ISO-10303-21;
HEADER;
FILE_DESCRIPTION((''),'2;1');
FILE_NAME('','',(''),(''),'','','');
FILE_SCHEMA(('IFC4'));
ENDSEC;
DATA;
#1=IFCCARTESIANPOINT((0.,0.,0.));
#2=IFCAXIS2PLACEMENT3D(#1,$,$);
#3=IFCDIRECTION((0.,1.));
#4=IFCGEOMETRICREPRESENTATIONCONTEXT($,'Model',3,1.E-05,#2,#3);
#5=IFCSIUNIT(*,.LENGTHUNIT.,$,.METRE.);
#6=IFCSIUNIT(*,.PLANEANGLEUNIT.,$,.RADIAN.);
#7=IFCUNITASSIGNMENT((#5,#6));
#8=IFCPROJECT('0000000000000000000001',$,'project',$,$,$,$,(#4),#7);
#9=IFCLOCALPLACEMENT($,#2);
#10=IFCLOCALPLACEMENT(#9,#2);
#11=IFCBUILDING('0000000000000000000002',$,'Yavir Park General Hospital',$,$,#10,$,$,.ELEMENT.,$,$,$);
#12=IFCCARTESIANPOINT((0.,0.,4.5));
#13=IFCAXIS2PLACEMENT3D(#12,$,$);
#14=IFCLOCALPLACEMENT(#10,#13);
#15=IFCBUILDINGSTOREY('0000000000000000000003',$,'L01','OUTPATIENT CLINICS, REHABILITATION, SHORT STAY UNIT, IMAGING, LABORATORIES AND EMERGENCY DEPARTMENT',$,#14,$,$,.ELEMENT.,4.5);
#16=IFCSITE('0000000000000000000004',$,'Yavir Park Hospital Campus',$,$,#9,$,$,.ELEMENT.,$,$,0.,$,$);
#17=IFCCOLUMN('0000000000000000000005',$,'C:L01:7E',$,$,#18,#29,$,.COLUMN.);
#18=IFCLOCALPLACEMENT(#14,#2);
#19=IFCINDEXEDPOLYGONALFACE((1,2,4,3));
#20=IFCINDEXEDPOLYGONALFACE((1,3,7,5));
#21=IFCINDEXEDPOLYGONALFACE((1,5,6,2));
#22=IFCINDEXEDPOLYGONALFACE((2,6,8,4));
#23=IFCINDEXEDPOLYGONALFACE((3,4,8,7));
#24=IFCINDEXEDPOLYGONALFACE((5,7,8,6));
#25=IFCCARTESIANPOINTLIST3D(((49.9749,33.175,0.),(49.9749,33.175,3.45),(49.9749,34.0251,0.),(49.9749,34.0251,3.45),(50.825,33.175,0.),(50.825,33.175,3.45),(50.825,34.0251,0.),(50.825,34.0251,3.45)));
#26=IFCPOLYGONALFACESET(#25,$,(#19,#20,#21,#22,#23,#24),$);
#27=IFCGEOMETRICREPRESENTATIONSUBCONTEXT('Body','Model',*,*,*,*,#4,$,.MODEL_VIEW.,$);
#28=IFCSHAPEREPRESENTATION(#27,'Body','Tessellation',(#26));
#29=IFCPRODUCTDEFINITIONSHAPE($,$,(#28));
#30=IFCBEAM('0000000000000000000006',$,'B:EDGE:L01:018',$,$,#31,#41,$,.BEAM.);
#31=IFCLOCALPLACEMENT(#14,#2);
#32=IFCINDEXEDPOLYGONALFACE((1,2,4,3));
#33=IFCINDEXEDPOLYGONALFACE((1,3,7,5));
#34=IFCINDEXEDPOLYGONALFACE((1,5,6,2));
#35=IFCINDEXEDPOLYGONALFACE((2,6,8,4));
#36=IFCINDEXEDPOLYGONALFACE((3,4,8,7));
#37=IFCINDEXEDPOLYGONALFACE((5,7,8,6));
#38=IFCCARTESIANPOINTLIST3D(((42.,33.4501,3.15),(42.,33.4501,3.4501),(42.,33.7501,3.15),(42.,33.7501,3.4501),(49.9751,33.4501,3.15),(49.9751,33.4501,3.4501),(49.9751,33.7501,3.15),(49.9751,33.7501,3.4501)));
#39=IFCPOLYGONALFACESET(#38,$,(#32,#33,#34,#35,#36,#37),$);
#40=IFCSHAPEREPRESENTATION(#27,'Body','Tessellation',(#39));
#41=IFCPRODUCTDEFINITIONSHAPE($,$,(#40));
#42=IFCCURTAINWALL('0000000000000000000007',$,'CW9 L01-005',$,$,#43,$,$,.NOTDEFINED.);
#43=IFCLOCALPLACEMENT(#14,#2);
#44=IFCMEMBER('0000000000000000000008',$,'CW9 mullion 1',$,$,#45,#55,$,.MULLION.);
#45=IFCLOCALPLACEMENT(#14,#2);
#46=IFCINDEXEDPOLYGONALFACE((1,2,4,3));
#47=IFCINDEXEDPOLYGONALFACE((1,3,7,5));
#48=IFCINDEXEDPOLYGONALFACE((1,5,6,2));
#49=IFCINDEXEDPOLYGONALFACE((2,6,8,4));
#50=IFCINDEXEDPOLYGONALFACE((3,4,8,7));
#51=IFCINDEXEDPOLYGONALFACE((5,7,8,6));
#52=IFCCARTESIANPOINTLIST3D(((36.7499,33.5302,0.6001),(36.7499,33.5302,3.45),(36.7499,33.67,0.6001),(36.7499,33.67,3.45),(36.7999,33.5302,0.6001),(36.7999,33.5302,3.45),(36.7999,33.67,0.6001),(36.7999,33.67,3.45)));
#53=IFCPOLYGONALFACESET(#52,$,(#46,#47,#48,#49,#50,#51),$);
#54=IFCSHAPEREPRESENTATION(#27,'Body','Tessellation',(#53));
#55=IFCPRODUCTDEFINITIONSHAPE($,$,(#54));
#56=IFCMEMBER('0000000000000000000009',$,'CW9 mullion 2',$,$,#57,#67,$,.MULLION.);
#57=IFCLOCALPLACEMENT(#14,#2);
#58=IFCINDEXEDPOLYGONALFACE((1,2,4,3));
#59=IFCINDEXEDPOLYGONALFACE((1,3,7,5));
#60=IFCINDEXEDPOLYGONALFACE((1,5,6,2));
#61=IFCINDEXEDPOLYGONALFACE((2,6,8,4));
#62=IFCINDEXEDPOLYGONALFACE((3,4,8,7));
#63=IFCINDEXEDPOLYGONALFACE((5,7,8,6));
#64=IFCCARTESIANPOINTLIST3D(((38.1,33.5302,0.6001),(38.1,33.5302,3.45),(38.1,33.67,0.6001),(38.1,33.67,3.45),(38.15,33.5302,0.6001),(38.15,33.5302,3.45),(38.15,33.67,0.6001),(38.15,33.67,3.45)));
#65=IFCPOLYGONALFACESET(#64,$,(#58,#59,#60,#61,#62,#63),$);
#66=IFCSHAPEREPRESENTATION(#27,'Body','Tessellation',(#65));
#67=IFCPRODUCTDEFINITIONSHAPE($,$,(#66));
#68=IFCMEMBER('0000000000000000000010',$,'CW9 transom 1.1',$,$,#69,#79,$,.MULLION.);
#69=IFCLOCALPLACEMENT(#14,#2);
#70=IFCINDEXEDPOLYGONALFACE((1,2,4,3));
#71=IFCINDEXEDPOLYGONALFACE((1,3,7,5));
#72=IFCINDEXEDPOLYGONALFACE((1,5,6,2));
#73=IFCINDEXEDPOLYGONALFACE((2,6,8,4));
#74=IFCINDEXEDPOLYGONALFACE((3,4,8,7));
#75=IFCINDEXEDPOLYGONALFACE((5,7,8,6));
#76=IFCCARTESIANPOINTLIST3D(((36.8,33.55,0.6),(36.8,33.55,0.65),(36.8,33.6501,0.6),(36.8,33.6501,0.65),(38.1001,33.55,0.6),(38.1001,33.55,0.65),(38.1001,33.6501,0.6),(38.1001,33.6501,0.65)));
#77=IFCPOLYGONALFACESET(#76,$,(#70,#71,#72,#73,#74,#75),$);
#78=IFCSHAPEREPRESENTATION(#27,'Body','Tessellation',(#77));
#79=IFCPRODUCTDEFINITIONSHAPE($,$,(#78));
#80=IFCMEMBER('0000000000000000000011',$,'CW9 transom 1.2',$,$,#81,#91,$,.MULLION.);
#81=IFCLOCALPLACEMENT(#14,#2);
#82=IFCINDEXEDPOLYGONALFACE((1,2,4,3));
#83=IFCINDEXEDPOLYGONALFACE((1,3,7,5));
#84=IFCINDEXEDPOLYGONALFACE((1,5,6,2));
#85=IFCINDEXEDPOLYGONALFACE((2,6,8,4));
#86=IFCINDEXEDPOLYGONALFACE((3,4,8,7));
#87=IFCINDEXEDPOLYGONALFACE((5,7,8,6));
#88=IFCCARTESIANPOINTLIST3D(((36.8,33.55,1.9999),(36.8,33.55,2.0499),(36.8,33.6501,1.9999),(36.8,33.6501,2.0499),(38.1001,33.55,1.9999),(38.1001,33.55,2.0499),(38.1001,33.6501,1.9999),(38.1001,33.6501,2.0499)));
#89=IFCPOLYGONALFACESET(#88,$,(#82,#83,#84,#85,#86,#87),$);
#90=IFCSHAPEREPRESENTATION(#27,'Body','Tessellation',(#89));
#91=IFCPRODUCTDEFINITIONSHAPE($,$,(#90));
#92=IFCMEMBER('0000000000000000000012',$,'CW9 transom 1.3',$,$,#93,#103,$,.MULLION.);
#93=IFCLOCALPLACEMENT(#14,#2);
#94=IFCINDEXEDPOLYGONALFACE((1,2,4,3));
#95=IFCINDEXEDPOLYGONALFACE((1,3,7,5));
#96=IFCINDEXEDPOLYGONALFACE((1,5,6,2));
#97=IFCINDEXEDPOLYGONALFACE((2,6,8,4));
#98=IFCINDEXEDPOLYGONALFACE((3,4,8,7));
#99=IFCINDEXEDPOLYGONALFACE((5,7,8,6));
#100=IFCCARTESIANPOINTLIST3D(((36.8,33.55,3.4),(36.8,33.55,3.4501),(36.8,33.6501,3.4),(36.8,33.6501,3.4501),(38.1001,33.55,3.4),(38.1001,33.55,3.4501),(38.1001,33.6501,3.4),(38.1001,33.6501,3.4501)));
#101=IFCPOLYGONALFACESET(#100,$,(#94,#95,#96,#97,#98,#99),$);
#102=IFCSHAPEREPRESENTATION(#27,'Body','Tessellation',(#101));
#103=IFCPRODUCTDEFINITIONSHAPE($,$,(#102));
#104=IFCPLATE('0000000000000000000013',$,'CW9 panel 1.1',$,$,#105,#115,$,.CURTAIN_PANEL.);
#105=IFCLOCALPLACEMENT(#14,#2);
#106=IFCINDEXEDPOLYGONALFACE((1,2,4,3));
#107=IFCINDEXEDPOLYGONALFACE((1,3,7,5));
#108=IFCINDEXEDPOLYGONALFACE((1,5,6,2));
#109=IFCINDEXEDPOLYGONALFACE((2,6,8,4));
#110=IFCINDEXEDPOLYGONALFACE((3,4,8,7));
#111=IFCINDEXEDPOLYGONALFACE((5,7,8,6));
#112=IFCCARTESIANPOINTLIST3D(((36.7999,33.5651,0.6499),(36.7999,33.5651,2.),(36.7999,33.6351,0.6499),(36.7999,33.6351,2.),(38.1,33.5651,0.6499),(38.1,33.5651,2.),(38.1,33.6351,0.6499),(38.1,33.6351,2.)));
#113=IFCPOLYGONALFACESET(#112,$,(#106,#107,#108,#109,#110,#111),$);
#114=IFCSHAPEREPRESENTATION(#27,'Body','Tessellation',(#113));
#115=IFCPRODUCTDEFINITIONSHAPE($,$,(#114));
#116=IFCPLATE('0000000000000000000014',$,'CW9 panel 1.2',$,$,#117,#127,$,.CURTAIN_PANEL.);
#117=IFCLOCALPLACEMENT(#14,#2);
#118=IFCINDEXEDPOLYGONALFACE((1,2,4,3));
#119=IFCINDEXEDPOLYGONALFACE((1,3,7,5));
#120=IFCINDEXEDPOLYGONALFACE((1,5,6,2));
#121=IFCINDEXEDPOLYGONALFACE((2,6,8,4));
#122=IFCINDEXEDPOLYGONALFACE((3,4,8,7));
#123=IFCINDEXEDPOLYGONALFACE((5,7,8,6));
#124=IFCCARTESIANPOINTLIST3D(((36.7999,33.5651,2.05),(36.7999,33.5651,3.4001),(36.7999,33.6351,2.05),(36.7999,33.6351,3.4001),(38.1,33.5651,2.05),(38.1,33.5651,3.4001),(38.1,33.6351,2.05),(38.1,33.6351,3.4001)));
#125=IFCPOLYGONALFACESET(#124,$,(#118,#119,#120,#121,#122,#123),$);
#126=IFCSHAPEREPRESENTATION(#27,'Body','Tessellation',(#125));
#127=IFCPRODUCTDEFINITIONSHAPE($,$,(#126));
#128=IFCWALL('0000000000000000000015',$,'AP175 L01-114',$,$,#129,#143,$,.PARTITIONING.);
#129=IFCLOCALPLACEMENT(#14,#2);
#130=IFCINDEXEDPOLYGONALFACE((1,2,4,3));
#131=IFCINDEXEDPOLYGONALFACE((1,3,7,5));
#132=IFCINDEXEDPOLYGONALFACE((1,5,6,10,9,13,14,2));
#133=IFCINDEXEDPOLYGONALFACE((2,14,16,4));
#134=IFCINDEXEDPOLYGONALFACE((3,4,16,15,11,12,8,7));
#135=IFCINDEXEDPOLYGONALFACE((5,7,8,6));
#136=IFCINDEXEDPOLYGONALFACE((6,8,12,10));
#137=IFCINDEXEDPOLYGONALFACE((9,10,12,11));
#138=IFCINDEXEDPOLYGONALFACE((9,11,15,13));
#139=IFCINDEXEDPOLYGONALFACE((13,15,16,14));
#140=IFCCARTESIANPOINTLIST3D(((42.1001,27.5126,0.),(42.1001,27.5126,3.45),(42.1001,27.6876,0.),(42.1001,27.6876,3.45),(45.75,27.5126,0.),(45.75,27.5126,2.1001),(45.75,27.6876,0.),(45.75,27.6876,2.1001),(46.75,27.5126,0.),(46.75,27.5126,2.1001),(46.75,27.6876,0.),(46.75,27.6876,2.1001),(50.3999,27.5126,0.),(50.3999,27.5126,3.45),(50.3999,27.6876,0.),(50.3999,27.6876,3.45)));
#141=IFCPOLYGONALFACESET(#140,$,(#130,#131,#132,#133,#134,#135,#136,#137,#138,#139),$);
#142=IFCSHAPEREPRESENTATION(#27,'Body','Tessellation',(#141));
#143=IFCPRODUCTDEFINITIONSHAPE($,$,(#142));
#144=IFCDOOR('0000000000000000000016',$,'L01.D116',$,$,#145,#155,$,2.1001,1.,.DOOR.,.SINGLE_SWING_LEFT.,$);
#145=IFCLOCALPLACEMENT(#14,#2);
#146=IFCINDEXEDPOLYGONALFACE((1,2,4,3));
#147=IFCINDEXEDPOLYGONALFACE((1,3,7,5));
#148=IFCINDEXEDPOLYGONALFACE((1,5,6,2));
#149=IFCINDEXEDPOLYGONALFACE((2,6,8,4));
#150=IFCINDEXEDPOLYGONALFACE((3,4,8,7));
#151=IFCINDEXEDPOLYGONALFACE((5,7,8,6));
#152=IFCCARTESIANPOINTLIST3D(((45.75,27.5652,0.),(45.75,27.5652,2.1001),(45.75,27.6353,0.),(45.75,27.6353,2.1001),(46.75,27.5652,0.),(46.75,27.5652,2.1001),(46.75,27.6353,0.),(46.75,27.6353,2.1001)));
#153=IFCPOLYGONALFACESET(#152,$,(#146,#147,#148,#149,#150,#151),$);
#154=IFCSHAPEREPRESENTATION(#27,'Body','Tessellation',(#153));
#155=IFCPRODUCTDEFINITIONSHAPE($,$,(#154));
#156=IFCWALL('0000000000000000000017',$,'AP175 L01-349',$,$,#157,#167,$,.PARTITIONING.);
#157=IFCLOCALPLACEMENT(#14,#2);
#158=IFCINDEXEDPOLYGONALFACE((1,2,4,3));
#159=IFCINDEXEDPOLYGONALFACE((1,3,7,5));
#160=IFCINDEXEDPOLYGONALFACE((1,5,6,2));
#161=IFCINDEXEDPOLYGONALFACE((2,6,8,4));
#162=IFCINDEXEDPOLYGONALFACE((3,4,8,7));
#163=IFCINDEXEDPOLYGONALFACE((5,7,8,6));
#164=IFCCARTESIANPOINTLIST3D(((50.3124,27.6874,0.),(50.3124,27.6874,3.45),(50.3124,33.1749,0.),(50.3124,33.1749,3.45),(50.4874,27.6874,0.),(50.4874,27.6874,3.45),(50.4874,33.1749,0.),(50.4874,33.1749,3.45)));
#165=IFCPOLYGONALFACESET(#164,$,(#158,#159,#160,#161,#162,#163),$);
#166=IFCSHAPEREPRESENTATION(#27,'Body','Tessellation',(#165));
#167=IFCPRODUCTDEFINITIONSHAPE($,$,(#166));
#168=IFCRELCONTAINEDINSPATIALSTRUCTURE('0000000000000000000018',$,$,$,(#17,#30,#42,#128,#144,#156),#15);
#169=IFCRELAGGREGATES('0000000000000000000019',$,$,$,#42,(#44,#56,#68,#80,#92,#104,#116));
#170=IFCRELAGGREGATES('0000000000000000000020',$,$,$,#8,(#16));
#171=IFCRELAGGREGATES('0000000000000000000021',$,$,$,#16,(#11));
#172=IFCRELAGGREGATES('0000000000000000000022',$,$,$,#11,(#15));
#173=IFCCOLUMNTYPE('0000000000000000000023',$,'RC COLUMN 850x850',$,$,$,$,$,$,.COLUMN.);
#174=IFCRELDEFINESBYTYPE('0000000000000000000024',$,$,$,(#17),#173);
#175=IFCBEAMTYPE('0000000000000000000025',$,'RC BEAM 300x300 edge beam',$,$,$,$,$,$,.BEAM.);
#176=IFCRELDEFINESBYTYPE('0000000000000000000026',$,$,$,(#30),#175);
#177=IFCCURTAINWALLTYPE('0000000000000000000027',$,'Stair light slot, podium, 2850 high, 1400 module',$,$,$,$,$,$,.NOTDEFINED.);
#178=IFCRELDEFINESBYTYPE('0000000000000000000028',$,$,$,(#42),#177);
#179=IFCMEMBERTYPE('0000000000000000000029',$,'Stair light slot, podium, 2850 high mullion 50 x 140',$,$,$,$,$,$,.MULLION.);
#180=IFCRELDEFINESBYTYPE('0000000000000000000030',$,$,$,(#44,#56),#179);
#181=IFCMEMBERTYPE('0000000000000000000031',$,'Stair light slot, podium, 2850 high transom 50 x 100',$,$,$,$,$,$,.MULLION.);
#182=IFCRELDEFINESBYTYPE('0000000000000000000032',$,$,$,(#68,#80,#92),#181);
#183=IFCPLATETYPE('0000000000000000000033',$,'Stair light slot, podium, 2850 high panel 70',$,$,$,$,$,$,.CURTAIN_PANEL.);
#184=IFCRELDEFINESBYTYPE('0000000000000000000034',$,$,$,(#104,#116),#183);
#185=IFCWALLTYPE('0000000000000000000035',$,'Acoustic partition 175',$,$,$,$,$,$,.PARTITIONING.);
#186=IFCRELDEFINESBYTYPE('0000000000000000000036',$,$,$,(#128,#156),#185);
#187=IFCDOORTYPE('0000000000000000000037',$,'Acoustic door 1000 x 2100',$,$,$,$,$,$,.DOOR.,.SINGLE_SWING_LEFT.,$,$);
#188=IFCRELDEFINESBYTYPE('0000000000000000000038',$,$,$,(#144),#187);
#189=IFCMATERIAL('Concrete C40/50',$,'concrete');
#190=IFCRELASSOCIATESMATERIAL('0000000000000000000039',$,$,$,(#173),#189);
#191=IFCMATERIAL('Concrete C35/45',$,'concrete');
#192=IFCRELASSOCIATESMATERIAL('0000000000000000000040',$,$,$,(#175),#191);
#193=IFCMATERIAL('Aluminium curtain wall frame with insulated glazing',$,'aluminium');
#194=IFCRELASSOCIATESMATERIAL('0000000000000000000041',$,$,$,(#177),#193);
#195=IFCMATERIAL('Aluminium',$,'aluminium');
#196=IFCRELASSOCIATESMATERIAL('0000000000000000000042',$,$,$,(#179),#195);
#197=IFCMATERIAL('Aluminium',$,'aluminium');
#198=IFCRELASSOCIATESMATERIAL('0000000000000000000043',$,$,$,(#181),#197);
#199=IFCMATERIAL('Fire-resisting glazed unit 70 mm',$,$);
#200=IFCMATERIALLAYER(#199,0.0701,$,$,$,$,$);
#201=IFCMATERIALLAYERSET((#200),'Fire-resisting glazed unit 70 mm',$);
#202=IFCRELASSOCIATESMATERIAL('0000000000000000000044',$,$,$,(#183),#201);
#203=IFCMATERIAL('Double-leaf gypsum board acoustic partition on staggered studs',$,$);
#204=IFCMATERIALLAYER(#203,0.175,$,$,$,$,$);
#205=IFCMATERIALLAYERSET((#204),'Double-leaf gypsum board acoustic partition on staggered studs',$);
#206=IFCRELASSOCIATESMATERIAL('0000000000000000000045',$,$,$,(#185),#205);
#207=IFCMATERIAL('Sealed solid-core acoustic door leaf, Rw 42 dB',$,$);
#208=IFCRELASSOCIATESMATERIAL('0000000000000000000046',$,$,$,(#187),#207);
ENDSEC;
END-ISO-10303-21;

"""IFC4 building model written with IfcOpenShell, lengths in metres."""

from ifc_helpers import new_model, si_unit, direction, frame, frame_2d, origin, origin_2d, place, context, subcontext, project, spatial, rectangle, extrude, material, layer, layer_set, material_profile, profile_set, type_object, element, fill, aggregate, save


model = new_model("IFC4")

# Units and contexts
model_context = context("Model", 3, precision=1e-05, world=origin(), true_north=direction((0.0, 1.0)))
body_context = subcontext(model_context, "Body", "Model", "MODEL_VIEW")
ifc_project = project(units=[si_unit("LENGTHUNIT", "METRE"), si_unit("PLANEANGLEUNIT", "RADIAN")], contexts=[model_context])

# Site, building, storey
site_placement = place(None, origin())
site = spatial("IfcSite", under=ifc_project, at=site_placement, Name="Yavir Park Hospital Campus", CompositionType="ELEMENT", RefElevation=0.0)
building_placement = place(site_placement, origin())
building = spatial("IfcBuilding", under=site, at=building_placement, Name="Yavir Park General Hospital", CompositionType="ELEMENT")
storey_placement = place(building_placement, frame((0.0, 0.0, 4.5)))
storey = spatial("IfcBuildingStorey", under=building, at=storey_placement, Name="L01", Description="OUTPATIENT CLINICS, REHABILITATION, SHORT STAY UNIT, IMAGING, LABORATORIES AND EMERGENCY DEPARTMENT", CompositionType="ELEMENT", Elevation=4.5)

# Column
ifc_material_1 = material(Name="Concrete C40/50", Category="concrete")
ifc_material_profile_1 = material_profile(ifc_material_1, rectangle(XDim=0.8501, YDim=0.8501, at=origin_2d()), Name="RC850x850")
ifc_profile_set_1 = profile_set([ifc_material_profile_1], Name="Concrete C40/50")
column_type = type_object("IfcColumnType", Name="RC COLUMN 850x850", PredefinedType="COLUMN", material=ifc_profile_set_1)
column_placement = place(storey_placement, frame((50.3999, 33.6001, 0.0), z_axis=(0.0, 0.0, 1.0), x_axis=(1.0, 0.0, 0.0)))
element("IfcColumn", 1, at=column_placement, inside=storey, type_object=column_type, Name="C:L01:7E", PredefinedType="COLUMN", context=body_context, shape_type="SweptSolid", body=[
    extrude(rectangle(XDim=0.8501, YDim=0.8501, at=origin_2d()), origin(), (0.0, 0.0, 1.0), 3.45),
])

# Beam
ifc_material_2 = material(Name="Concrete C35/45", Category="concrete")
ifc_material_profile_2 = material_profile(ifc_material_2, rectangle(XDim=0.3, YDim=0.3, at=origin_2d()), Name="RC300x300")
ifc_profile_set_2 = profile_set([ifc_material_profile_2], Name="Concrete C35/45")
beam_type = type_object("IfcBeamType", Name="RC BEAM 300x300 edge beam", PredefinedType="BEAM", material=ifc_profile_set_2)
beam_placement = place(storey_placement, frame((42.0, 33.6001, 3.3), z_axis=(1.0, 0.0, 0.0), x_axis=(0.0, 1.0, 0.0)))
element("IfcBeam", 2, at=beam_placement, inside=storey, type_object=beam_type, Name="B:EDGE:L01:018", PredefinedType="BEAM", context=body_context, shape_type="SweptSolid", body=[
    extrude(rectangle(XDim=0.3, YDim=0.3, at=origin_2d()), origin(), (0.0, 0.0, 1.0), 7.9751),
])

# Curtain wall, members, plates
ifc_material_3 = material(Name="Aluminium curtain wall frame with insulated glazing", Category="aluminium")
curtain_wall_type = type_object("IfcCurtainWallType", Name="Stair light slot, podium, 2850 high, 1400 module", PredefinedType="NOTDEFINED", material=ifc_material_3)
curtain_wall_placement = place(storey_placement, origin())
curtain_wall = element("IfcCurtainWall", 3, at=curtain_wall_placement, inside=storey, type_object=curtain_wall_type, Name="CW9 L01-005", PredefinedType="NOTDEFINED")
ifc_material_4 = material(Name="Aluminium", Category="aluminium")
ifc_material_profile_3 = material_profile(ifc_material_4, rectangle(XDim=0.1399, YDim=0.05, at=origin_2d()), Name="AL 50x140")
ifc_profile_set_3 = profile_set([ifc_material_profile_3], Name="Aluminium")
member_type_1 = type_object("IfcMemberType", Name="Stair light slot, podium, 2850 high mullion 50 x 140", PredefinedType="MULLION", material=ifc_profile_set_3)
member_1_placement = place(storey_placement, frame((36.7749, 33.6001, 0.6001), z_axis=(0.0, 0.0, 1.0), x_axis=(0.0, 1.0, 0.0)))
member_1 = element("IfcMember", 4, at=member_1_placement, type_object=member_type_1, Name="CW9 mullion 1", PredefinedType="MULLION", context=body_context, shape_type="SweptSolid", body=[
    extrude(rectangle(XDim=0.1399, YDim=0.05, at=origin_2d()), origin(), (0.0, 0.0, 1.0), 2.8499),
])
member_2_placement = place(storey_placement, frame((38.125, 33.6001, 0.6001), z_axis=(0.0, 0.0, 1.0), x_axis=(0.0, 1.0, 0.0)))
member_2 = element("IfcMember", 5, at=member_2_placement, type_object=member_type_1, Name="CW9 mullion 2", PredefinedType="MULLION", context=body_context, shape_type="SweptSolid", body=[
    extrude(rectangle(XDim=0.1399, YDim=0.05, at=origin_2d()), origin(), (0.0, 0.0, 1.0), 2.8499),
])
ifc_material_5 = material(Name="Aluminium", Category="aluminium")
ifc_material_profile_4 = material_profile(ifc_material_5, rectangle(XDim=0.1001, YDim=0.05, at=origin_2d()), Name="AL 100x50")
ifc_profile_set_4 = profile_set([ifc_material_profile_4], Name="Aluminium")
member_type_2 = type_object("IfcMemberType", Name="Stair light slot, podium, 2850 high transom 50 x 100", PredefinedType="MULLION", material=ifc_profile_set_4)
member_3_placement = place(storey_placement, frame((36.8, 33.6001, 0.625), z_axis=(1.0, 0.0, 0.0), x_axis=(0.0, 1.0, 0.0)))
member_3 = element("IfcMember", 6, at=member_3_placement, type_object=member_type_2, Name="CW9 transom 1.1", PredefinedType="MULLION", context=body_context, shape_type="SweptSolid", body=[
    extrude(rectangle(XDim=0.1001, YDim=0.05, at=origin_2d()), origin(), (0.0, 0.0, 1.0), 1.3),
])
member_4_placement = place(storey_placement, frame((36.8, 33.6001, 2.0249), z_axis=(1.0, 0.0, 0.0), x_axis=(0.0, 1.0, 0.0)))
member_4 = element("IfcMember", 7, at=member_4_placement, type_object=member_type_2, Name="CW9 transom 1.2", PredefinedType="MULLION", context=body_context, shape_type="SweptSolid", body=[
    extrude(rectangle(XDim=0.1001, YDim=0.05, at=origin_2d()), origin(), (0.0, 0.0, 1.0), 1.3),
])
member_5_placement = place(storey_placement, frame((36.8, 33.6001, 3.425), z_axis=(1.0, 0.0, 0.0), x_axis=(0.0, 1.0, 0.0)))
member_5 = element("IfcMember", 8, at=member_5_placement, type_object=member_type_2, Name="CW9 transom 1.3", PredefinedType="MULLION", context=body_context, shape_type="SweptSolid", body=[
    extrude(rectangle(XDim=0.1001, YDim=0.05, at=origin_2d()), origin(), (0.0, 0.0, 1.0), 1.3),
])
ifc_material_6 = material(Name="Fire-resisting glazed unit 70 mm")
ifc_layer_1 = layer(ifc_material_6, 0.0701)
ifc_layer_set_1 = layer_set([ifc_layer_1], Name="Fire-resisting glazed unit 70 mm")
plate_type = type_object("IfcPlateType", Name="Stair light slot, podium, 2850 high panel 70", PredefinedType="CURTAIN_PANEL", material=ifc_layer_set_1)
plate_1_placement = place(storey_placement, frame((37.45, 33.6001, 0.6499), z_axis=(0.0, 0.0, 1.0), x_axis=(1.0, 0.0, 0.0)))
plate_1 = element("IfcPlate", 9, at=plate_1_placement, type_object=plate_type, Name="CW9 panel 1.1", PredefinedType="CURTAIN_PANEL", context=body_context, shape_type="SweptSolid", body=[
    extrude(rectangle(XDim=1.3, YDim=0.0701, at=origin_2d()), origin(), (0.0, 0.0, 1.0), 1.3501),
])
plate_2_placement = place(storey_placement, frame((37.45, 33.6001, 2.05), z_axis=(0.0, 0.0, 1.0), x_axis=(1.0, 0.0, 0.0)))
plate_2 = element("IfcPlate", 10, at=plate_2_placement, type_object=plate_type, Name="CW9 panel 1.2", PredefinedType="CURTAIN_PANEL", context=body_context, shape_type="SweptSolid", body=[
    extrude(rectangle(XDim=1.3, YDim=0.0701, at=origin_2d()), origin(), (0.0, 0.0, 1.0), 1.3501),
])
aggregate(curtain_wall, [member_1, member_2, member_3, member_4, member_5, plate_1, plate_2])

# Wall, opening, door
ifc_material_7 = material(Name="Double-leaf gypsum board acoustic partition on staggered studs")
ifc_layer_2 = layer(ifc_material_7, 0.175)
ifc_layer_set_2 = layer_set([ifc_layer_2], Name="Double-leaf gypsum board acoustic partition on staggered studs")
wall_type_1 = type_object("IfcWallType", Name="Acoustic partition 175", PredefinedType="PARTITIONING", material=ifc_layer_set_2)
wall_1_placement = place(storey_placement, frame((42.1001, 27.6001, 0.0), z_axis=(0.0, 0.0, 1.0), x_axis=(1.0, 0.0, 0.0)))
wall_1 = element("IfcWall", 11, at=wall_1_placement, inside=storey, type_object=wall_type_1, Name="AP175 L01-114", PredefinedType="PARTITIONING", context=body_context, shape_type="SweptSolid", body=[
    extrude(rectangle(XDim=8.2998, YDim=0.175, at=frame_2d((4.1499, 0.0))), origin(), (0.0, 0.0, 1.0), 3.45),
])
opening_1_placement = place(wall_1_placement, frame((3.6499, 0.0, 0.0)))
opening_1 = element("IfcOpeningElement", 12, at=opening_1_placement, cuts=wall_1, PredefinedType="OPENING", context=body_context, shape_type="SweptSolid", body=[
    extrude(rectangle(XDim=1.0, YDim=2.1001, at=frame_2d((0.5, 1.05))), frame((0.0, 0.0974, 0.0), z_axis=(0.0, -1.0, 0.0), x_axis=(1.0, 0.0, 0.0)), (0.0, 0.0, 1.0), 0.1951),
])
ifc_material_8 = material(Name="Sealed solid-core acoustic door leaf, Rw 42 dB")
door_type_1 = type_object("IfcDoorType", Name="Acoustic door 1000 x 2100", OperationType="SINGLE_SWING_LEFT", PredefinedType="DOOR", material=ifc_material_8)
door_1_placement = place(opening_1_placement, origin())
door_1 = element("IfcDoor", 13, at=door_1_placement, inside=storey, type_object=door_type_1, Name="L01.D116", OperationType="SINGLE_SWING_LEFT", OverallHeight=2.1001, OverallWidth=1.0, PredefinedType="DOOR", context=body_context, shape_type="SweptSolid", body=[
    extrude(rectangle(XDim=1.0, YDim=2.1001, at=frame_2d((0.5, 1.05))), frame((0.0, 0.0352, 0.0), z_axis=(0.0, -1.0, 0.0), x_axis=(1.0, 0.0, 0.0)), (0.0, 0.0, 1.0), 0.0701),
])
fill(opening_1, door_1)

# Wall
wall_2_placement = place(storey_placement, frame((50.3999, 27.6875, 0.0), z_axis=(0.0, 0.0, 1.0), x_axis=(0.0, 1.0, 0.0)))
element("IfcWall", 14, at=wall_2_placement, inside=storey, type_object=wall_type_1, Name="AP175 L01-349", PredefinedType="PARTITIONING", context=body_context, shape_type="SweptSolid", body=[
    extrude(rectangle(XDim=5.4875, YDim=0.175, at=frame_2d((2.7437, 0.0))), origin(), (0.0, 0.0, 1.0), 3.45),
])

save(model, "model.ifc")
